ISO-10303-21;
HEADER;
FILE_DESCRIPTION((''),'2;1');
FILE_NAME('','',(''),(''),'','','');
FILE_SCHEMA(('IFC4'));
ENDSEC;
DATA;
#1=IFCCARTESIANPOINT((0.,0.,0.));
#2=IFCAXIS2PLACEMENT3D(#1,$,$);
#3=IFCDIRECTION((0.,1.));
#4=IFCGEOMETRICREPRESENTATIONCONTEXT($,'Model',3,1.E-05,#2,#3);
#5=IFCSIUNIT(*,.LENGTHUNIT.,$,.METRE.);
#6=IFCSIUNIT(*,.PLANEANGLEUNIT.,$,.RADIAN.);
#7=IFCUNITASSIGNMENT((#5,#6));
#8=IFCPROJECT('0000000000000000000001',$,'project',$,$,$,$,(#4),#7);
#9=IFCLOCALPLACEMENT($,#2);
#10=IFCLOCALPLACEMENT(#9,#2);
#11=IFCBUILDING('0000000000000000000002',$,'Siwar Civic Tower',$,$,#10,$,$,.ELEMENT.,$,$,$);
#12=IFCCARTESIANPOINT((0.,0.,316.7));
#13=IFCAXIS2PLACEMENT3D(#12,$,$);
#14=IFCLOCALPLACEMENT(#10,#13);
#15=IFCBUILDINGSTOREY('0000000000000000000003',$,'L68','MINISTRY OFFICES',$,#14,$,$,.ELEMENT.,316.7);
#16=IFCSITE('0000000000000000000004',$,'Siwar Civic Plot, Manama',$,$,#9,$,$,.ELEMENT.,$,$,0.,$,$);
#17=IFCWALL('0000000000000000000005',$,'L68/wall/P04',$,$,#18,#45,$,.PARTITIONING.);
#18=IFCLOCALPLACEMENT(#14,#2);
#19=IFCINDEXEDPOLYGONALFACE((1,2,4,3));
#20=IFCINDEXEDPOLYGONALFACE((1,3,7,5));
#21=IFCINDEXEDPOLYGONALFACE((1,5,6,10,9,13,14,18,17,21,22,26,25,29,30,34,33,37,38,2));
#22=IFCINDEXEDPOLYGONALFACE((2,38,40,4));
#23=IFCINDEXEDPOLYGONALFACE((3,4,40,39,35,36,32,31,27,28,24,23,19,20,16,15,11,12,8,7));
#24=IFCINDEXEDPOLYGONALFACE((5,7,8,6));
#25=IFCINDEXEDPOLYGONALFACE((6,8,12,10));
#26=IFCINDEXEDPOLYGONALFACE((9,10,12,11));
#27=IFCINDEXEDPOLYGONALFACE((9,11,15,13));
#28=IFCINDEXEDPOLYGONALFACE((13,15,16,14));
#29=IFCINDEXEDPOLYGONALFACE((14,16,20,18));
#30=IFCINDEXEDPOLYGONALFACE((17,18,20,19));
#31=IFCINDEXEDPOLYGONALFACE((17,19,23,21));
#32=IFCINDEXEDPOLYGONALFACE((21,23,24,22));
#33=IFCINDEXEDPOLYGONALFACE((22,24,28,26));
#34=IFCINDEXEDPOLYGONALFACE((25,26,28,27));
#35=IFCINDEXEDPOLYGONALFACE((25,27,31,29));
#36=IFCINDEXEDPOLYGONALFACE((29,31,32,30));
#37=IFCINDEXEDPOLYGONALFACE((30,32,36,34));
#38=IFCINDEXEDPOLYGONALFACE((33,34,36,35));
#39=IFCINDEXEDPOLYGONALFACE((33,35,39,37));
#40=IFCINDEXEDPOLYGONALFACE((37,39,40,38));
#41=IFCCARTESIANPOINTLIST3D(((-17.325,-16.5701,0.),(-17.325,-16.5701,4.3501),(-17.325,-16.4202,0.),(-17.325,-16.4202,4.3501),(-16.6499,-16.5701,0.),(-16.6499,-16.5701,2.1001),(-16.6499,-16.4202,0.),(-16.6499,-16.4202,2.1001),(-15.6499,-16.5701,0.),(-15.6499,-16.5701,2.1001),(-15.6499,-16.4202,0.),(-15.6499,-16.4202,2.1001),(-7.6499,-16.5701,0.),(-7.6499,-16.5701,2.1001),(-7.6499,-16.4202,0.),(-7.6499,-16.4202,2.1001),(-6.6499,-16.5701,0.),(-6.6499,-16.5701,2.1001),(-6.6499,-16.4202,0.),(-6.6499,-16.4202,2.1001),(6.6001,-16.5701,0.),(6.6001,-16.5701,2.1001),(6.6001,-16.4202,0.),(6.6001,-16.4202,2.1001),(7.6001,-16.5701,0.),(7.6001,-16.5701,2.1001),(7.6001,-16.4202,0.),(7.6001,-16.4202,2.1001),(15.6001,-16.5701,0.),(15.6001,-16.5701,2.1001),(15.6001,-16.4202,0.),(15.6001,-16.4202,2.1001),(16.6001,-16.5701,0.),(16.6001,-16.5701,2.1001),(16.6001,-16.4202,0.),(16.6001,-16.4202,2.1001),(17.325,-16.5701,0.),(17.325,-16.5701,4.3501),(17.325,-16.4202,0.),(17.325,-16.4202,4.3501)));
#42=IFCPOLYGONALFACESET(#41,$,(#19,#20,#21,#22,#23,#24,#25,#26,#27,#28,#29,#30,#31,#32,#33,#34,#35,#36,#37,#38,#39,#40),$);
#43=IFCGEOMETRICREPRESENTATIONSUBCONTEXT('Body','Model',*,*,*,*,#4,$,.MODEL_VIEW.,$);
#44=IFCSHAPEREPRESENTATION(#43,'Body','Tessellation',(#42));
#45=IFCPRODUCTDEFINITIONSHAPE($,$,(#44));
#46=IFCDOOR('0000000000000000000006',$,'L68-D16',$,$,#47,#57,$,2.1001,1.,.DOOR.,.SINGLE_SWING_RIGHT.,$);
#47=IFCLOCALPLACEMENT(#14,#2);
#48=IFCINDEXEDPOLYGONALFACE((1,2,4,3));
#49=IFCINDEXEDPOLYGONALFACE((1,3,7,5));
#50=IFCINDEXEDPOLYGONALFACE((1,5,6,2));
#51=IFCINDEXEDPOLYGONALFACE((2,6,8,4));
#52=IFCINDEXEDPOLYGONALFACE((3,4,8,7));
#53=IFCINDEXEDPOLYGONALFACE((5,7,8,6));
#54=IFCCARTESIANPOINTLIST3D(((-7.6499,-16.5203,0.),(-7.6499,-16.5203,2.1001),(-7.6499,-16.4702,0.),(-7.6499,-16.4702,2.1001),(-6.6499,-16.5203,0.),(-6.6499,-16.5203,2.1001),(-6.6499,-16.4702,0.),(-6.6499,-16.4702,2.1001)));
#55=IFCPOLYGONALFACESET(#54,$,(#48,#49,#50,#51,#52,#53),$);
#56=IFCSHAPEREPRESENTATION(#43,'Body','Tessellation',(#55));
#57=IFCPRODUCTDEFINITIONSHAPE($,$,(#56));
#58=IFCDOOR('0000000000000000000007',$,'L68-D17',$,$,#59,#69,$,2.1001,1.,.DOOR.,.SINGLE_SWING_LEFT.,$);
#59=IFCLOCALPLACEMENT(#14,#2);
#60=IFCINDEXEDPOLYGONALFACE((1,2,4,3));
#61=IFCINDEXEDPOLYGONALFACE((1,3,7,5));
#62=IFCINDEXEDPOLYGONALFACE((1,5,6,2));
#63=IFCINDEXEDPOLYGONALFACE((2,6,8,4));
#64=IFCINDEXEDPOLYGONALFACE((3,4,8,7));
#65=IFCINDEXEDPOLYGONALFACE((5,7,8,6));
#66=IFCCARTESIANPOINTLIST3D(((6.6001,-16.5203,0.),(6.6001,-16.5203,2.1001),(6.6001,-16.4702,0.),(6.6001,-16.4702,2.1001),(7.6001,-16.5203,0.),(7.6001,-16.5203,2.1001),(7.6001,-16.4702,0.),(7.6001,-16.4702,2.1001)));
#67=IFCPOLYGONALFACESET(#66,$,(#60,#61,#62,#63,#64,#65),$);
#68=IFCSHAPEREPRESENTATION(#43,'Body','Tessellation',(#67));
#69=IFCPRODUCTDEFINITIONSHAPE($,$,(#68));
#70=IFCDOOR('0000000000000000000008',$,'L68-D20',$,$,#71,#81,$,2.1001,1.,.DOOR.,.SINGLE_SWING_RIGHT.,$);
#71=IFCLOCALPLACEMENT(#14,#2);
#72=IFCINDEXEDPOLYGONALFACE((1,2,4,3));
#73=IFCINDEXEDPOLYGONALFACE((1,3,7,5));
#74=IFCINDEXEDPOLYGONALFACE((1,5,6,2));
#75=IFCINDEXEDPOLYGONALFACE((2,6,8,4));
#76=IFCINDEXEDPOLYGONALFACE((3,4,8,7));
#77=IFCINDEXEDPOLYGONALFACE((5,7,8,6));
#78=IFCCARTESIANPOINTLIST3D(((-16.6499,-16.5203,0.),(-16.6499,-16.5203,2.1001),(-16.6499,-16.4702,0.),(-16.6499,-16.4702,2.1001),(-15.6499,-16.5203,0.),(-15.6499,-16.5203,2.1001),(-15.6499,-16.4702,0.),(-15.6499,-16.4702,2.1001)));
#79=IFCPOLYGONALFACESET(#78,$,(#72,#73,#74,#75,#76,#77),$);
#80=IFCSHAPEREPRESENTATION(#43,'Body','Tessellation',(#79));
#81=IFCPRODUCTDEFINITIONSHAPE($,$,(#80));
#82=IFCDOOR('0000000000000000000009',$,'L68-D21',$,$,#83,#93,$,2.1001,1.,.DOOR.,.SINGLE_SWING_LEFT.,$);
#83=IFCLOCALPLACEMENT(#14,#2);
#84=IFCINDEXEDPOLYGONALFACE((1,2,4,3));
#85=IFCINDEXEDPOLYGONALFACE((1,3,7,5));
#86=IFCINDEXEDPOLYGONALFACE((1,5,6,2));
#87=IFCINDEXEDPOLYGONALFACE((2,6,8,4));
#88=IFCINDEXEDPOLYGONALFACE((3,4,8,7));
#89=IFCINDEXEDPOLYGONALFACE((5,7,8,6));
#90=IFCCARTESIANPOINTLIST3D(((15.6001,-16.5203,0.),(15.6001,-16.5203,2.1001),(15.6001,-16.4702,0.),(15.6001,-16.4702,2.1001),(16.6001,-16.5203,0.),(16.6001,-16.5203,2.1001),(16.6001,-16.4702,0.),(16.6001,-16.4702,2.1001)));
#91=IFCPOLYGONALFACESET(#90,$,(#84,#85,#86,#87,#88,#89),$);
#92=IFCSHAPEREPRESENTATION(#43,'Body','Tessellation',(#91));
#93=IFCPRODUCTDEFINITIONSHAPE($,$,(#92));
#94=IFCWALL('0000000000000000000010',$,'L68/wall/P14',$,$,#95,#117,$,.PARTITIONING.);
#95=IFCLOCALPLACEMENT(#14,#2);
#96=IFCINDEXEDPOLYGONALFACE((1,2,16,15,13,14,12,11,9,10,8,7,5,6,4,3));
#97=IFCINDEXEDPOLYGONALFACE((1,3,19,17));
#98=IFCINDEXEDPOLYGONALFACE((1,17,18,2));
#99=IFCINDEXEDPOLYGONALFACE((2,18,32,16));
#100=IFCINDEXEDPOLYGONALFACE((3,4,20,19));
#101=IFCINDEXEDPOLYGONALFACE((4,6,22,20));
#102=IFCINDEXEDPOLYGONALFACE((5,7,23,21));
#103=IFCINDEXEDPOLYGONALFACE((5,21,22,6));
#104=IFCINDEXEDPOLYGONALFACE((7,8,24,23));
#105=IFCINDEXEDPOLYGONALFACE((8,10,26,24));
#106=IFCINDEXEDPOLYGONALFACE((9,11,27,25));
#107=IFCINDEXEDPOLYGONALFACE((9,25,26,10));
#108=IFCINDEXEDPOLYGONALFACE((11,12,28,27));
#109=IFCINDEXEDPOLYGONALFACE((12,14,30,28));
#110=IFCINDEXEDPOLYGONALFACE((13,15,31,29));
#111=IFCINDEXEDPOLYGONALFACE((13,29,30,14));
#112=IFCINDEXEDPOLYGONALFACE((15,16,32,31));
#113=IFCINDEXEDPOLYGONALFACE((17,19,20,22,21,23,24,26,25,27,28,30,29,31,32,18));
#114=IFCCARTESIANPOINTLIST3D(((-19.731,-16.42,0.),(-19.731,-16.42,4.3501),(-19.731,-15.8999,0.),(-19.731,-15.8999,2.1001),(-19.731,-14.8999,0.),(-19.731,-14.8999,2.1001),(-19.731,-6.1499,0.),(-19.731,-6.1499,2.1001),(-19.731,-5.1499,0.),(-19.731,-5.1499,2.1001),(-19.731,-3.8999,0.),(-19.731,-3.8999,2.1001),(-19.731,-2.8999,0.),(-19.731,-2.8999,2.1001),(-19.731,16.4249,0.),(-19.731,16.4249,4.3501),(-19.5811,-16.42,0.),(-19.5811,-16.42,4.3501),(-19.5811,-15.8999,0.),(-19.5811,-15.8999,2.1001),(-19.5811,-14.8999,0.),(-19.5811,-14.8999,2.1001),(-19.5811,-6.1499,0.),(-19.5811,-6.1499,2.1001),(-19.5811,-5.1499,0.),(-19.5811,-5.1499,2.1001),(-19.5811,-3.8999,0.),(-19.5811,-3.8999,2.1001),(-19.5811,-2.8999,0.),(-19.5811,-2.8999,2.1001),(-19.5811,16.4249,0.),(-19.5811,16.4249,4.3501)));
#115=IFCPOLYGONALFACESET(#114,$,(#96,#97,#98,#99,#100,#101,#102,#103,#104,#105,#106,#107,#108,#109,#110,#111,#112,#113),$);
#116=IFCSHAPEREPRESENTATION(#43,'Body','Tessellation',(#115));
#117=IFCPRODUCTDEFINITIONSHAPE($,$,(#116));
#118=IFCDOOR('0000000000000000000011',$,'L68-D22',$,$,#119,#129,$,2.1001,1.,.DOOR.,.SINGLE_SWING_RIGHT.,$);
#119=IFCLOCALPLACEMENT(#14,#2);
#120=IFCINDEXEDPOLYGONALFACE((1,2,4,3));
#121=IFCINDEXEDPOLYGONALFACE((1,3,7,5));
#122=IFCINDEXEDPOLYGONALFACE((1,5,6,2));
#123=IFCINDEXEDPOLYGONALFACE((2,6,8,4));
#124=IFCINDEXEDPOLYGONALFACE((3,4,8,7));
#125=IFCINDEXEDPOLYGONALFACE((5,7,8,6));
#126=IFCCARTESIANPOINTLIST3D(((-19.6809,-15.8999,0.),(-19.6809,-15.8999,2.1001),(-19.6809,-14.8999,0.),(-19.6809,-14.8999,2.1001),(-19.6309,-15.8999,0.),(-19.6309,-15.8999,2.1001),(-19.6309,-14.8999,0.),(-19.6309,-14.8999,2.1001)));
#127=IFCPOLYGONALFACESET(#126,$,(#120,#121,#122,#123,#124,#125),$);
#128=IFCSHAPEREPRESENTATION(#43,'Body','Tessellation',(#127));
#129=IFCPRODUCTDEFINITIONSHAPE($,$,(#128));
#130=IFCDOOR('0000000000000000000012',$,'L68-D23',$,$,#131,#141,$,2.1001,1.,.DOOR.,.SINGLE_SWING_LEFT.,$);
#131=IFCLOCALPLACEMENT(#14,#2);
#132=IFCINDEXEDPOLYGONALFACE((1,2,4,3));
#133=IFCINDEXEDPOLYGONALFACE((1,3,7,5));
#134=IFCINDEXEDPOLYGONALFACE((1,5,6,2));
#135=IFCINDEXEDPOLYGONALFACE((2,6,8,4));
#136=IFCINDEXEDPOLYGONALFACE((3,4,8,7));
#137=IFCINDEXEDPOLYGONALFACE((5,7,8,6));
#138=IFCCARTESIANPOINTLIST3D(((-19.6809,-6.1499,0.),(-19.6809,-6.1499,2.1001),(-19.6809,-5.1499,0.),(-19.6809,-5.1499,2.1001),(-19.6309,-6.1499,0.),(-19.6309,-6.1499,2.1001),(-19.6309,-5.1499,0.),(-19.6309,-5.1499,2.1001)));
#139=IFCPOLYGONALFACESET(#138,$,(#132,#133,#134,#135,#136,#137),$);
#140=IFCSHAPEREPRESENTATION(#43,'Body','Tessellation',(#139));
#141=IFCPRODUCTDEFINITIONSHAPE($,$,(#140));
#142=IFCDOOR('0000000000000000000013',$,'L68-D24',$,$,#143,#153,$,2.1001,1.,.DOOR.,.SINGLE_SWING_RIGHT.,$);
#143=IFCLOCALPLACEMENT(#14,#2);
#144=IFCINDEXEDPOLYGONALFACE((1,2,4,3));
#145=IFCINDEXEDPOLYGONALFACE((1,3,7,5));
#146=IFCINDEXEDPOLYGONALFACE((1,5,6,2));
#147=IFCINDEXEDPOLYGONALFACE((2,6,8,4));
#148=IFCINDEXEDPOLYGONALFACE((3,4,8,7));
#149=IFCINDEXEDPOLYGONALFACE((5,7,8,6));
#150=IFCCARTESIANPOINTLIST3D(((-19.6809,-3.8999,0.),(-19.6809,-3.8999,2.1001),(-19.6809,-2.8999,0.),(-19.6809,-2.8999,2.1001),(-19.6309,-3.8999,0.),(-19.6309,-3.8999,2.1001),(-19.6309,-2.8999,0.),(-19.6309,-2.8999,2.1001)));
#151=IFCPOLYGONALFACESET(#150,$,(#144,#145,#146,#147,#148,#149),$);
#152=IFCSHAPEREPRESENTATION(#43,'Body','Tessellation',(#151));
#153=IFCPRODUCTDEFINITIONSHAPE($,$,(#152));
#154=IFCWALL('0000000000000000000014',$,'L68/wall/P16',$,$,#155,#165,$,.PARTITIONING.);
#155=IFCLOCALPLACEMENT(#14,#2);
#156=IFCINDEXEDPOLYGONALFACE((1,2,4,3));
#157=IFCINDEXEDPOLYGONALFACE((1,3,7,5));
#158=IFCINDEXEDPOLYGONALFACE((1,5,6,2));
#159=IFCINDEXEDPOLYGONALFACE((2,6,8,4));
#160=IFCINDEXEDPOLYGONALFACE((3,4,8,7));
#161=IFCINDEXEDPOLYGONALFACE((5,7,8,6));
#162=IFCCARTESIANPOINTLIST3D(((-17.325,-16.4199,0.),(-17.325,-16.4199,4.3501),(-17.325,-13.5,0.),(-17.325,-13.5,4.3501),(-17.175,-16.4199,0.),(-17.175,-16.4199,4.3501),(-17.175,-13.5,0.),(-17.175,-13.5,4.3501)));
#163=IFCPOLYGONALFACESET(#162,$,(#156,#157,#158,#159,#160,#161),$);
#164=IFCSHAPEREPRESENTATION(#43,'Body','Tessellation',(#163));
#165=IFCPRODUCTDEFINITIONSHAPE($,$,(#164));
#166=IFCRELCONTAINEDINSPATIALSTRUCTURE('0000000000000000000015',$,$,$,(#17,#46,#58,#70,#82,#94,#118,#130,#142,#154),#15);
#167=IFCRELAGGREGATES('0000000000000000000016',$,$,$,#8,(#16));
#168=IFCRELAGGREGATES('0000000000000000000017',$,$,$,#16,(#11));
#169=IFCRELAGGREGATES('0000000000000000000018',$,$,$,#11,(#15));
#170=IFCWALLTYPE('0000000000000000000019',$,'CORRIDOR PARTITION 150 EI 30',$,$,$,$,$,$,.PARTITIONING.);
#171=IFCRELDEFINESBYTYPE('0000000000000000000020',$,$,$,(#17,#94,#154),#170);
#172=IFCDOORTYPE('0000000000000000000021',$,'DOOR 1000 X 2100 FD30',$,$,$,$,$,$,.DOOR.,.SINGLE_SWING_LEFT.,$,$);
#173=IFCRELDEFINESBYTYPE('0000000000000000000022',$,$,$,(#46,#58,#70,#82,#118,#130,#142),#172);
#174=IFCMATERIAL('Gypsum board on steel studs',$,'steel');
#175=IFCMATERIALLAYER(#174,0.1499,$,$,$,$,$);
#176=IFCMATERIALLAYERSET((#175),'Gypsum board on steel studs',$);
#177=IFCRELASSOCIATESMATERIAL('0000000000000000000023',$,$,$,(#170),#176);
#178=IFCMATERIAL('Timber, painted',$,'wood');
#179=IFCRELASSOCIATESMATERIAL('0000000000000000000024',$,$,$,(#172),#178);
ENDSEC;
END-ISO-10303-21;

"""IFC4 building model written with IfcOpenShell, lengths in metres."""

from ifc_helpers import new_model, si_unit, direction, frame, frame_2d, origin, place, context, subcontext, project, spatial, rectangle, extrude, material, layer, layer_set, type_object, element, fill, save


model = new_model("IFC4")

# Units and contexts
model_context = context("Model", 3, precision=1e-05, world=origin(), true_north=direction((0.0, 1.0)))
body_context = subcontext(model_context, "Body", "Model", "MODEL_VIEW")
ifc_project = project(units=[si_unit("LENGTHUNIT", "METRE"), si_unit("PLANEANGLEUNIT", "RADIAN")], contexts=[model_context])

# Site, building, storey
site_placement = place(None, origin())
site = spatial("IfcSite", under=ifc_project, at=site_placement, Name="Siwar Civic Plot, Manama", CompositionType="ELEMENT", RefElevation=0.0)
building_placement = place(site_placement, origin())
building = spatial("IfcBuilding", under=site, at=building_placement, Name="Siwar Civic Tower", CompositionType="ELEMENT")
storey_placement = place(building_placement, frame((0.0, 0.0, 316.7)))
storey = spatial("IfcBuildingStorey", under=building, at=storey_placement, Name="L68", Description="MINISTRY OFFICES", CompositionType="ELEMENT", Elevation=316.7)

# Walls, openings, doors
ifc_material_1 = material(Name="Gypsum board on steel studs", Category="steel")
ifc_layer_1 = layer(ifc_material_1, 0.1499)
ifc_layer_set_1 = layer_set([ifc_layer_1], Name="Gypsum board on steel studs")
wall_type_1 = type_object("IfcWallType", Name="CORRIDOR PARTITION 150 EI 30", PredefinedType="PARTITIONING", material=ifc_layer_set_1)
wall_1_placement = place(storey_placement, frame((-17.325, -16.4951, 0.0), z_axis=(0.0, 0.0, 1.0), x_axis=(1.0, 0.0, 0.0)))
wall_1 = element("IfcWall", 1, at=wall_1_placement, inside=storey, type_object=wall_type_1, Name="L68/wall/P04", PredefinedType="PARTITIONING", context=body_context, shape_type="SweptSolid", body=[
    extrude(rectangle(XDim=34.6499, YDim=0.1499, at=frame_2d((17.325, 0.0))), origin(), (0.0, 0.0, 1.0), 4.3501),
])
opening_1_placement = place(wall_1_placement, frame((9.675, 0.0, 0.0)))
opening_1 = element("IfcOpeningElement", 2, at=opening_1_placement, cuts=wall_1, PredefinedType="OPENING", context=body_context, shape_type="SweptSolid", body=[
    extrude(rectangle(XDim=1.0, YDim=2.1001, at=frame_2d((0.5, 1.05))), frame((0.0, 0.085, 0.0), z_axis=(0.0, -1.0, 0.0), x_axis=(1.0, 0.0, 0.0)), (0.0, 0.0, 1.0), 0.1699),
])
opening_2_placement = place(wall_1_placement, frame((23.925, 0.0, 0.0)))
opening_2 = element("IfcOpeningElement", 3, at=opening_2_placement, cuts=wall_1, PredefinedType="OPENING", context=body_context, shape_type="SweptSolid", body=[
    extrude(rectangle(XDim=1.0, YDim=2.1001, at=frame_2d((0.5, 1.05))), frame((0.0, 0.085, 0.0), z_axis=(0.0, -1.0, 0.0), x_axis=(1.0, 0.0, 0.0)), (0.0, 0.0, 1.0), 0.1699),
])
opening_3_placement = place(wall_1_placement, frame((0.675, 0.0, 0.0)))
opening_3 = element("IfcOpeningElement", 4, at=opening_3_placement, cuts=wall_1, PredefinedType="OPENING", context=body_context, shape_type="SweptSolid", body=[
    extrude(rectangle(XDim=1.0, YDim=2.1001, at=frame_2d((0.5, 1.05))), frame((0.0, 0.085, 0.0), z_axis=(0.0, -1.0, 0.0), x_axis=(1.0, 0.0, 0.0)), (0.0, 0.0, 1.0), 0.1699),
])
opening_4_placement = place(wall_1_placement, frame((32.925, 0.0, 0.0)))
opening_4 = element("IfcOpeningElement", 5, at=opening_4_placement, cuts=wall_1, PredefinedType="OPENING", context=body_context, shape_type="SweptSolid", body=[
    extrude(rectangle(XDim=1.0, YDim=2.1001, at=frame_2d((0.5, 1.05))), frame((0.0, 0.085, 0.0), z_axis=(0.0, -1.0, 0.0), x_axis=(1.0, 0.0, 0.0)), (0.0, 0.0, 1.0), 0.1699),
])
ifc_material_2 = material(Name="Timber, painted", Category="wood")
door_type_1 = type_object("IfcDoorType", Name="DOOR 1000 X 2100 FD30", OperationType="SINGLE_SWING_LEFT", PredefinedType="DOOR", material=ifc_material_2)
door_1_placement = place(opening_1_placement, origin())
door_1 = element("IfcDoor", 6, at=door_1_placement, inside=storey, type_object=door_type_1, Name="L68-D16", OperationType="SINGLE_SWING_RIGHT", OverallHeight=2.1001, OverallWidth=1.0, PredefinedType="DOOR", context=body_context, shape_type="SweptSolid", body=[
    extrude(rectangle(XDim=1.0, YDim=2.1001, at=frame_2d((0.5, 1.05))), frame((0.0, 0.0249, 0.0), z_axis=(0.0, -1.0, 0.0), x_axis=(1.0, 0.0, 0.0)), (0.0, 0.0, 1.0), 0.05),
])
fill(opening_1, door_1)
door_2_placement = place(opening_2_placement, origin())
door_2 = element("IfcDoor", 7, at=door_2_placement, inside=storey, type_object=door_type_1, Name="L68-D17", OperationType="SINGLE_SWING_LEFT", OverallHeight=2.1001, OverallWidth=1.0, PredefinedType="DOOR", context=body_context, shape_type="SweptSolid", body=[
    extrude(rectangle(XDim=1.0, YDim=2.1001, at=frame_2d((0.5, 1.05))), frame((0.0, 0.0249, 0.0), z_axis=(0.0, -1.0, 0.0), x_axis=(1.0, 0.0, 0.0)), (0.0, 0.0, 1.0), 0.05),
])
fill(opening_2, door_2)
door_3_placement = place(opening_3_placement, origin())
door_3 = element("IfcDoor", 8, at=door_3_placement, inside=storey, type_object=door_type_1, Name="L68-D20", OperationType="SINGLE_SWING_RIGHT", OverallHeight=2.1001, OverallWidth=1.0, PredefinedType="DOOR", context=body_context, shape_type="SweptSolid", body=[
    extrude(rectangle(XDim=1.0, YDim=2.1001, at=frame_2d((0.5, 1.05))), frame((0.0, 0.0249, 0.0), z_axis=(0.0, -1.0, 0.0), x_axis=(1.0, 0.0, 0.0)), (0.0, 0.0, 1.0), 0.05),
])
fill(opening_3, door_3)
door_4_placement = place(opening_4_placement, origin())
door_4 = element("IfcDoor", 9, at=door_4_placement, inside=storey, type_object=door_type_1, Name="L68-D21", OperationType="SINGLE_SWING_LEFT", OverallHeight=2.1001, OverallWidth=1.0, PredefinedType="DOOR", context=body_context, shape_type="SweptSolid", body=[
    extrude(rectangle(XDim=1.0, YDim=2.1001, at=frame_2d((0.5, 1.05))), frame((0.0, 0.0249, 0.0), z_axis=(0.0, -1.0, 0.0), x_axis=(1.0, 0.0, 0.0)), (0.0, 0.0, 1.0), 0.05),
])
fill(opening_4, door_4)
wall_2_placement = place(storey_placement, frame((-19.656, -16.4199, 0.0), z_axis=(0.0, 0.0, 1.0), x_axis=(0.0, 1.0, 0.0)))
wall_2 = element("IfcWall", 10, at=wall_2_placement, inside=storey, type_object=wall_type_1, Name="L68/wall/P14", PredefinedType="PARTITIONING", context=body_context, shape_type="SweptSolid", body=[
    extrude(rectangle(XDim=32.845, YDim=0.1499, at=frame_2d((16.4224, 0.0))), origin(), (0.0, 0.0, 1.0), 4.3501),
])
opening_5_placement = place(wall_2_placement, frame((0.52, 0.0, 0.0)))
opening_5 = element("IfcOpeningElement", 11, at=opening_5_placement, cuts=wall_2, PredefinedType="OPENING", context=body_context, shape_type="SweptSolid", body=[
    extrude(rectangle(XDim=1.0, YDim=2.1001, at=frame_2d((0.5, 1.05))), frame((0.0, 0.085, 0.0), z_axis=(0.0, -1.0, 0.0), x_axis=(1.0, 0.0, 0.0)), (0.0, 0.0, 1.0), 0.1699),
])
opening_6_placement = place(wall_2_placement, frame((10.27, 0.0, 0.0)))
opening_6 = element("IfcOpeningElement", 12, at=opening_6_placement, cuts=wall_2, PredefinedType="OPENING", context=body_context, shape_type="SweptSolid", body=[
    extrude(rectangle(XDim=1.0, YDim=2.1001, at=frame_2d((0.5, 1.05))), frame((0.0, 0.085, 0.0), z_axis=(0.0, -1.0, 0.0), x_axis=(1.0, 0.0, 0.0)), (0.0, 0.0, 1.0), 0.1699),
])
opening_7_placement = place(wall_2_placement, frame((12.52, 0.0, 0.0)))
opening_7 = element("IfcOpeningElement", 13, at=opening_7_placement, cuts=wall_2, PredefinedType="OPENING", context=body_context, shape_type="SweptSolid", body=[
    extrude(rectangle(XDim=1.0, YDim=2.1001, at=frame_2d((0.5, 1.05))), frame((0.0, 0.085, 0.0), z_axis=(0.0, -1.0, 0.0), x_axis=(1.0, 0.0, 0.0)), (0.0, 0.0, 1.0), 0.1699),
])
door_5_placement = place(opening_5_placement, origin())
door_5 = element("IfcDoor", 14, at=door_5_placement, inside=storey, type_object=door_type_1, Name="L68-D22", OperationType="SINGLE_SWING_RIGHT", OverallHeight=2.1001, OverallWidth=1.0, PredefinedType="DOOR", context=body_context, shape_type="SweptSolid", body=[
    extrude(rectangle(XDim=1.0, YDim=2.1001, at=frame_2d((0.5, 1.05))), frame((0.0, 0.0249, 0.0), z_axis=(0.0, -1.0, 0.0), x_axis=(1.0, 0.0, 0.0)), (0.0, 0.0, 1.0), 0.05),
])
fill(opening_5, door_5)
door_6_placement = place(opening_6_placement, origin())
door_6 = element("IfcDoor", 15, at=door_6_placement, inside=storey, type_object=door_type_1, Name="L68-D23", OperationType="SINGLE_SWING_LEFT", OverallHeight=2.1001, OverallWidth=1.0, PredefinedType="DOOR", context=body_context, shape_type="SweptSolid", body=[
    extrude(rectangle(XDim=1.0, YDim=2.1001, at=frame_2d((0.5, 1.05))), frame((0.0, 0.0249, 0.0), z_axis=(0.0, -1.0, 0.0), x_axis=(1.0, 0.0, 0.0)), (0.0, 0.0, 1.0), 0.05),
])
fill(opening_6, door_6)
door_7_placement = place(opening_7_placement, origin())
door_7 = element("IfcDoor", 16, at=door_7_placement, inside=storey, type_object=door_type_1, Name="L68-D24", OperationType="SINGLE_SWING_RIGHT", OverallHeight=2.1001, OverallWidth=1.0, PredefinedType="DOOR", context=body_context, shape_type="SweptSolid", body=[
    extrude(rectangle(XDim=1.0, YDim=2.1001, at=frame_2d((0.5, 1.05))), frame((0.0, 0.0249, 0.0), z_axis=(0.0, -1.0, 0.0), x_axis=(1.0, 0.0, 0.0)), (0.0, 0.0, 1.0), 0.05),
])
fill(opening_7, door_7)

# Wall
wall_3_placement = place(storey_placement, frame((-17.25, -16.4199, 0.0), z_axis=(0.0, 0.0, 1.0), x_axis=(0.0, 1.0, 0.0)))
element("IfcWall", 17, at=wall_3_placement, inside=storey, type_object=wall_type_1, Name="L68/wall/P16", PredefinedType="PARTITIONING", context=body_context, shape_type="SweptSolid", body=[
    extrude(rectangle(XDim=2.9199, YDim=0.1499, at=frame_2d((1.46, 0.0))), origin(), (0.0, 0.0, 1.0), 4.3501),
])

save(model, "model.ifc")
